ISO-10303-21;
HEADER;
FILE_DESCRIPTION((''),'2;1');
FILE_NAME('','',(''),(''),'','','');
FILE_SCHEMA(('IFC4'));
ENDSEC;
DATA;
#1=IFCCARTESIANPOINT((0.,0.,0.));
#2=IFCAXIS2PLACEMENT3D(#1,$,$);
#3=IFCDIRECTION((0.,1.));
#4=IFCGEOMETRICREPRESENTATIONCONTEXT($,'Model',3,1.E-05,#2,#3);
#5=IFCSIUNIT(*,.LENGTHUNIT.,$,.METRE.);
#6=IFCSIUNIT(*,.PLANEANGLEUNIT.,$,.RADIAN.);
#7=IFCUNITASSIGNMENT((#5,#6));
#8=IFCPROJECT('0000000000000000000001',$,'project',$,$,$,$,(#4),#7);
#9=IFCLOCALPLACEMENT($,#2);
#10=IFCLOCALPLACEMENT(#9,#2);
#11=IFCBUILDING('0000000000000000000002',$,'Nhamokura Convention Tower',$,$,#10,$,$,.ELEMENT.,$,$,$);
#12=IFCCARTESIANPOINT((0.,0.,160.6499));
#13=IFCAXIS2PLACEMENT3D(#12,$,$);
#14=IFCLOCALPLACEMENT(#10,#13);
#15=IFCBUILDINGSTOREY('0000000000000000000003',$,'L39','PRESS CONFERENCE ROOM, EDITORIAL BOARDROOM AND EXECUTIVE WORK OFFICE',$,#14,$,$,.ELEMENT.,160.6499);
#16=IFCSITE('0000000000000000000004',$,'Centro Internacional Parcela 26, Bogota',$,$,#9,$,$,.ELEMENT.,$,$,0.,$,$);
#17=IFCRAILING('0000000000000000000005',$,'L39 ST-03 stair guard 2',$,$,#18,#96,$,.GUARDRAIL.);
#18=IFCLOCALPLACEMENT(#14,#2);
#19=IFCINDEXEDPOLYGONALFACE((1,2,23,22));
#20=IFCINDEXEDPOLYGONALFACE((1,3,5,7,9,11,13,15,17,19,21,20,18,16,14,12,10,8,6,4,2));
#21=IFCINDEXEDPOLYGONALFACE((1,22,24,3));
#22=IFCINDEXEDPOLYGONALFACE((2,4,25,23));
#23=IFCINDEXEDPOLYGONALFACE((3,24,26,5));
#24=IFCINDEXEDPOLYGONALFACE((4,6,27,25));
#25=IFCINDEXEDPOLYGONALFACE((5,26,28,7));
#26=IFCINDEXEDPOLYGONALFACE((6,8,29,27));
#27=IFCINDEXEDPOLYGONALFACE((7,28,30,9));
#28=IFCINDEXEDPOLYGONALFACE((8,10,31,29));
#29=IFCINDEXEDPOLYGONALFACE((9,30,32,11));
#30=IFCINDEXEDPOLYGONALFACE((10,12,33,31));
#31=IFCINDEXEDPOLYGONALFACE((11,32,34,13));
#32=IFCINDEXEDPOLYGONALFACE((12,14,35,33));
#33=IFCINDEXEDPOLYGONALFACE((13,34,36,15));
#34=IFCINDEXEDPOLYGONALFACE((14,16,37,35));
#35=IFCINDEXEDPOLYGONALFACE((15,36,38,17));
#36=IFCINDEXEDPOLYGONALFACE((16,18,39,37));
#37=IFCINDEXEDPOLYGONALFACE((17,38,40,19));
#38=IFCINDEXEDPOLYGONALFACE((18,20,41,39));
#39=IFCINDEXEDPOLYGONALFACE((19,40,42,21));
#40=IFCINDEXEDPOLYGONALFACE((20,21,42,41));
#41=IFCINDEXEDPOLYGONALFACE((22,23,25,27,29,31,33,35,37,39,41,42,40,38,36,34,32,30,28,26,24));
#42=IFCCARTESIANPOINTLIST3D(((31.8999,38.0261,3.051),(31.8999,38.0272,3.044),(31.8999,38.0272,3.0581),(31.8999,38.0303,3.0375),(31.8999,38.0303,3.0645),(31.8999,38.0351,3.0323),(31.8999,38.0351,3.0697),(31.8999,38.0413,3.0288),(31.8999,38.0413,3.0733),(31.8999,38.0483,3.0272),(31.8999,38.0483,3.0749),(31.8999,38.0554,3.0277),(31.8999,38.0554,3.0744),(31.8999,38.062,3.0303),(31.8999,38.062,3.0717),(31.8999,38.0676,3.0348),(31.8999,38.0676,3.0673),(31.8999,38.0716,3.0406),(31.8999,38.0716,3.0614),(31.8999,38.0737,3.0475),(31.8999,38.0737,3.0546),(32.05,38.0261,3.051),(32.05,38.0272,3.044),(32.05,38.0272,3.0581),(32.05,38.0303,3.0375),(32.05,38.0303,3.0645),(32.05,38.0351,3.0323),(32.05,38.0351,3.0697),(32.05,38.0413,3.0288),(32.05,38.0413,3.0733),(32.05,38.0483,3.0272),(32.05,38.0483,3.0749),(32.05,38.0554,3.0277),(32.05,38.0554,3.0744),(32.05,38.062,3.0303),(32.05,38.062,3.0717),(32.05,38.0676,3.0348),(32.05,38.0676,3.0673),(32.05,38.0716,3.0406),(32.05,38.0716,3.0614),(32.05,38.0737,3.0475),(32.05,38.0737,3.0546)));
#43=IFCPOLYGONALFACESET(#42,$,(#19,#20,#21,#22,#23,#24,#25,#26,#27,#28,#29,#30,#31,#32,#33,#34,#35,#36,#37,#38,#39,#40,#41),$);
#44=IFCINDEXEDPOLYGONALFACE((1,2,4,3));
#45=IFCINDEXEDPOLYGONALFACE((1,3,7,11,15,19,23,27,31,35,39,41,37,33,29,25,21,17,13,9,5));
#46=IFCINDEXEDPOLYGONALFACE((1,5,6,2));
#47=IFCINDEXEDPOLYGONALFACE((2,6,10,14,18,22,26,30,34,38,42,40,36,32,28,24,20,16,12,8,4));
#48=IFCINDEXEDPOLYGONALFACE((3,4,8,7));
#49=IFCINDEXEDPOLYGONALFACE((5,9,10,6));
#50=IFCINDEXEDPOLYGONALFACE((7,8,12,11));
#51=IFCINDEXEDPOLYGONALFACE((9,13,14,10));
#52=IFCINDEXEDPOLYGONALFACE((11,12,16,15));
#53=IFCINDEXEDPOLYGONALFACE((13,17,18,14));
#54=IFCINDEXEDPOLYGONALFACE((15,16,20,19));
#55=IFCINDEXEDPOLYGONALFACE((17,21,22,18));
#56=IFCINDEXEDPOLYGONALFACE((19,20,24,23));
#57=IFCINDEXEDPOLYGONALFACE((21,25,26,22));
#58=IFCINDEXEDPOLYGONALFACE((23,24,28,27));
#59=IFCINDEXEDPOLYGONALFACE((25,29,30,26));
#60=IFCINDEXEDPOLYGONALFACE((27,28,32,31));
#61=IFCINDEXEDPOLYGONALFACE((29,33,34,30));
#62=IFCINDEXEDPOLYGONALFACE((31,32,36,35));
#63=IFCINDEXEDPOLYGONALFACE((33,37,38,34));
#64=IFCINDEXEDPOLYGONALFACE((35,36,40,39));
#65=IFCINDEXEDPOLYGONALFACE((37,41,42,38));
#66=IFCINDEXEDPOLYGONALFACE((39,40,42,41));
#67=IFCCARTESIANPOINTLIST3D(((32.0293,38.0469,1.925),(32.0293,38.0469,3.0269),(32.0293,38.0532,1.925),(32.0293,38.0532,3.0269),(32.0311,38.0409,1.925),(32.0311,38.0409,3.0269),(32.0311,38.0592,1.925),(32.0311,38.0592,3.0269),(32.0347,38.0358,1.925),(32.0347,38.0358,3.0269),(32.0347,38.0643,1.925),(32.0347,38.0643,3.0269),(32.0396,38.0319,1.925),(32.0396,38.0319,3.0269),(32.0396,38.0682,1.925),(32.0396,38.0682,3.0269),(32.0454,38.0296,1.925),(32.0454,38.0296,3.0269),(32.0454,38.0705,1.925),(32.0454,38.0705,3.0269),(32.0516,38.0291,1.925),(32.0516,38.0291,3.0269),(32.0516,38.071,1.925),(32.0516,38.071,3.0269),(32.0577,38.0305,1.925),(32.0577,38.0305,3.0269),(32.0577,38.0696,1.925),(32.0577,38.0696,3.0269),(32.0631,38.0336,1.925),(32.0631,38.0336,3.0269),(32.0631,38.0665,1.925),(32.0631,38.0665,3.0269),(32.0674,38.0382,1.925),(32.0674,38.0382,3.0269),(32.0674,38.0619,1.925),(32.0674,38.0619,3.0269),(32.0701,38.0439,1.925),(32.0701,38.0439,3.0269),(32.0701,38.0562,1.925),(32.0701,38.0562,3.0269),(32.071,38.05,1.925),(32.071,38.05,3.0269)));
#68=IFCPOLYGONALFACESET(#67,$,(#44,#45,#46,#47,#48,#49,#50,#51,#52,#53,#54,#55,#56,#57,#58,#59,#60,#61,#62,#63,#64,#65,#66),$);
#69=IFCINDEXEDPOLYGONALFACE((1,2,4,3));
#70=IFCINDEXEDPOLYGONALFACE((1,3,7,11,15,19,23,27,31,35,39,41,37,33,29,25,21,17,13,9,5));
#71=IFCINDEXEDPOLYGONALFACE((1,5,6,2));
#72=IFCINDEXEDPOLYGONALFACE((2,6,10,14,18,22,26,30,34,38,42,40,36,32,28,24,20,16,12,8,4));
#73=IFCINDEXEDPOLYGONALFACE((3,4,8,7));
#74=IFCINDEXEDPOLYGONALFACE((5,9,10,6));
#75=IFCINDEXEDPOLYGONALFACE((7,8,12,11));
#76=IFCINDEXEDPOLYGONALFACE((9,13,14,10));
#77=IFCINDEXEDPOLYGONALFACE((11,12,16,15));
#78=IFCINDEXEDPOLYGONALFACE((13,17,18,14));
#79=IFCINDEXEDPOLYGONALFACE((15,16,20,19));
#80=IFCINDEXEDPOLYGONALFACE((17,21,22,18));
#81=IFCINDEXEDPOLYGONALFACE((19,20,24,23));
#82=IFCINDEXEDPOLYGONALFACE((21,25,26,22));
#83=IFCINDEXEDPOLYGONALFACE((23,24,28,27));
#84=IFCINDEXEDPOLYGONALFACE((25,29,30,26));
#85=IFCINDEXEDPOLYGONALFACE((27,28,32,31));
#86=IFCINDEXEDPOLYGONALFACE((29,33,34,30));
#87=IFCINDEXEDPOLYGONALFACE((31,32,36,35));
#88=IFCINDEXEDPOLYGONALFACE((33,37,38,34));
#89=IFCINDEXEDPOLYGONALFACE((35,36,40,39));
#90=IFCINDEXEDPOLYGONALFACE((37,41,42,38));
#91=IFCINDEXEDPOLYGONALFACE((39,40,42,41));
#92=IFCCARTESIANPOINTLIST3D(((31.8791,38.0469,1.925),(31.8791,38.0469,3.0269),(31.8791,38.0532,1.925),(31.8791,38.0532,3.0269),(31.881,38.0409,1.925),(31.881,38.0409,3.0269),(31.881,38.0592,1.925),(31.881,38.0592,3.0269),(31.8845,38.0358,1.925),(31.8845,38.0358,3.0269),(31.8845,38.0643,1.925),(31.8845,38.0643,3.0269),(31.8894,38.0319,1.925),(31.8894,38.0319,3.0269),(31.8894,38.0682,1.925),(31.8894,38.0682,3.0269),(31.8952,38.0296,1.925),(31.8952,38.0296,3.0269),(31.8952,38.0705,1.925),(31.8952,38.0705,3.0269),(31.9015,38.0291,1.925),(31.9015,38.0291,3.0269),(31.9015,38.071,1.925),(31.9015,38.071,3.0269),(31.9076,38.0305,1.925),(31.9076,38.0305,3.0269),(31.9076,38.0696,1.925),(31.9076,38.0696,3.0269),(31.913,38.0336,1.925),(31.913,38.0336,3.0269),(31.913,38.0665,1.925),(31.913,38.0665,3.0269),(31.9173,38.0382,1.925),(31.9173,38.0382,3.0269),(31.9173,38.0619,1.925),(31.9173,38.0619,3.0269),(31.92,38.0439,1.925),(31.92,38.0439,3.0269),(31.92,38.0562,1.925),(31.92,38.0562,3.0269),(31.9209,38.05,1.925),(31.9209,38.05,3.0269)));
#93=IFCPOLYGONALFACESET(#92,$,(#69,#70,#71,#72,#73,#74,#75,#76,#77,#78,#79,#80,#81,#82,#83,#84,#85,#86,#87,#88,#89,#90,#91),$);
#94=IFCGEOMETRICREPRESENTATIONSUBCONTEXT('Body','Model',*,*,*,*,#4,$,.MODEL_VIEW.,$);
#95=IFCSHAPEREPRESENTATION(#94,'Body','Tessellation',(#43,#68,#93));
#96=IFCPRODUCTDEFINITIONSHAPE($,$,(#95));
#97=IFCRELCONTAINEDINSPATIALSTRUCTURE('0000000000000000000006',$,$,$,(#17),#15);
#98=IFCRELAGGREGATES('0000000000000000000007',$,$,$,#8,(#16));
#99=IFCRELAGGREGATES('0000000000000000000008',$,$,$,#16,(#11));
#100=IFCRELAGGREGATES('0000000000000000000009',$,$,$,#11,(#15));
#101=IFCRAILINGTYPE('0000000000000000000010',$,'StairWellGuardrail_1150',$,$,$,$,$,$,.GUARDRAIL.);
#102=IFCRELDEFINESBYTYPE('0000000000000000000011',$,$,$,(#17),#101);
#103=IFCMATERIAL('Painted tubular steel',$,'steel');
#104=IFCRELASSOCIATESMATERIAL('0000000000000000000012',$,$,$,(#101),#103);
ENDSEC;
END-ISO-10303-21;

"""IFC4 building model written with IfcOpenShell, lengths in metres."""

from ifc_helpers import new_model, si_unit, direction, frame, origin, origin_2d, place, context, subcontext, project, spatial, circle, extrude, material, type_object, element, save


model = new_model("IFC4")

# Units and contexts
model_context = context("Model", 3, precision=1e-05, world=origin(), true_north=direction((0.0, 1.0)))
body_context = subcontext(model_context, "Body", "Model", "MODEL_VIEW")
ifc_project = project(units=[si_unit("LENGTHUNIT", "METRE"), si_unit("PLANEANGLEUNIT", "RADIAN")], contexts=[model_context])

# Site, building, storey
site_placement = place(None, origin())
site = spatial("IfcSite", under=ifc_project, at=site_placement, Name="Centro Internacional Parcela 26, Bogota", CompositionType="ELEMENT", RefElevation=0.0)
building_placement = place(site_placement, origin())
building = spatial("IfcBuilding", under=site, at=building_placement, Name="Nhamokura Convention Tower", CompositionType="ELEMENT")
storey_placement = place(building_placement, frame((0.0, 0.0, 160.6499)))
storey = spatial("IfcBuildingStorey", under=building, at=storey_placement, Name="L39", Description="PRESS CONFERENCE ROOM, EDITORIAL BOARDROOM AND EXECUTIVE WORK OFFICE", CompositionType="ELEMENT", Elevation=160.6499)

# Railing
ifc_material_1 = material(Name="Painted tubular steel", Category="steel")
railing_type_1 = type_object("IfcRailingType", Name="StairWellGuardrail_1150", PredefinedType="GUARDRAIL", material=ifc_material_1)
railing_1_placement = place(storey_placement, frame((32.05, 38.05, 1.925)))
element("IfcRailing", 1, at=railing_1_placement, inside=storey, type_object=railing_type_1, Name="L39 ST-03 stair guard 2", PredefinedType="GUARDRAIL", context=body_context, shape_type="SweptSolid", body=[
    extrude(circle(Radius=0.0239, at=origin_2d()), frame((0.0, 0.0, 1.126), z_axis=(-1.0, 0.0, 0.0), x_axis=(0.0, -1.0, 0.0)), (0.0, 0.0, 1.0), 0.1501),
    extrude(circle(Radius=0.021, at=origin_2d()), origin(), (0.0, 0.0, 1.0), 1.1018),
    extrude(circle(Radius=0.021, at=origin_2d()), frame((-0.1501, 0.0, 0.0)), (0.0, 0.0, 1.0), 1.1018),
])

save(model, "model.ifc")
